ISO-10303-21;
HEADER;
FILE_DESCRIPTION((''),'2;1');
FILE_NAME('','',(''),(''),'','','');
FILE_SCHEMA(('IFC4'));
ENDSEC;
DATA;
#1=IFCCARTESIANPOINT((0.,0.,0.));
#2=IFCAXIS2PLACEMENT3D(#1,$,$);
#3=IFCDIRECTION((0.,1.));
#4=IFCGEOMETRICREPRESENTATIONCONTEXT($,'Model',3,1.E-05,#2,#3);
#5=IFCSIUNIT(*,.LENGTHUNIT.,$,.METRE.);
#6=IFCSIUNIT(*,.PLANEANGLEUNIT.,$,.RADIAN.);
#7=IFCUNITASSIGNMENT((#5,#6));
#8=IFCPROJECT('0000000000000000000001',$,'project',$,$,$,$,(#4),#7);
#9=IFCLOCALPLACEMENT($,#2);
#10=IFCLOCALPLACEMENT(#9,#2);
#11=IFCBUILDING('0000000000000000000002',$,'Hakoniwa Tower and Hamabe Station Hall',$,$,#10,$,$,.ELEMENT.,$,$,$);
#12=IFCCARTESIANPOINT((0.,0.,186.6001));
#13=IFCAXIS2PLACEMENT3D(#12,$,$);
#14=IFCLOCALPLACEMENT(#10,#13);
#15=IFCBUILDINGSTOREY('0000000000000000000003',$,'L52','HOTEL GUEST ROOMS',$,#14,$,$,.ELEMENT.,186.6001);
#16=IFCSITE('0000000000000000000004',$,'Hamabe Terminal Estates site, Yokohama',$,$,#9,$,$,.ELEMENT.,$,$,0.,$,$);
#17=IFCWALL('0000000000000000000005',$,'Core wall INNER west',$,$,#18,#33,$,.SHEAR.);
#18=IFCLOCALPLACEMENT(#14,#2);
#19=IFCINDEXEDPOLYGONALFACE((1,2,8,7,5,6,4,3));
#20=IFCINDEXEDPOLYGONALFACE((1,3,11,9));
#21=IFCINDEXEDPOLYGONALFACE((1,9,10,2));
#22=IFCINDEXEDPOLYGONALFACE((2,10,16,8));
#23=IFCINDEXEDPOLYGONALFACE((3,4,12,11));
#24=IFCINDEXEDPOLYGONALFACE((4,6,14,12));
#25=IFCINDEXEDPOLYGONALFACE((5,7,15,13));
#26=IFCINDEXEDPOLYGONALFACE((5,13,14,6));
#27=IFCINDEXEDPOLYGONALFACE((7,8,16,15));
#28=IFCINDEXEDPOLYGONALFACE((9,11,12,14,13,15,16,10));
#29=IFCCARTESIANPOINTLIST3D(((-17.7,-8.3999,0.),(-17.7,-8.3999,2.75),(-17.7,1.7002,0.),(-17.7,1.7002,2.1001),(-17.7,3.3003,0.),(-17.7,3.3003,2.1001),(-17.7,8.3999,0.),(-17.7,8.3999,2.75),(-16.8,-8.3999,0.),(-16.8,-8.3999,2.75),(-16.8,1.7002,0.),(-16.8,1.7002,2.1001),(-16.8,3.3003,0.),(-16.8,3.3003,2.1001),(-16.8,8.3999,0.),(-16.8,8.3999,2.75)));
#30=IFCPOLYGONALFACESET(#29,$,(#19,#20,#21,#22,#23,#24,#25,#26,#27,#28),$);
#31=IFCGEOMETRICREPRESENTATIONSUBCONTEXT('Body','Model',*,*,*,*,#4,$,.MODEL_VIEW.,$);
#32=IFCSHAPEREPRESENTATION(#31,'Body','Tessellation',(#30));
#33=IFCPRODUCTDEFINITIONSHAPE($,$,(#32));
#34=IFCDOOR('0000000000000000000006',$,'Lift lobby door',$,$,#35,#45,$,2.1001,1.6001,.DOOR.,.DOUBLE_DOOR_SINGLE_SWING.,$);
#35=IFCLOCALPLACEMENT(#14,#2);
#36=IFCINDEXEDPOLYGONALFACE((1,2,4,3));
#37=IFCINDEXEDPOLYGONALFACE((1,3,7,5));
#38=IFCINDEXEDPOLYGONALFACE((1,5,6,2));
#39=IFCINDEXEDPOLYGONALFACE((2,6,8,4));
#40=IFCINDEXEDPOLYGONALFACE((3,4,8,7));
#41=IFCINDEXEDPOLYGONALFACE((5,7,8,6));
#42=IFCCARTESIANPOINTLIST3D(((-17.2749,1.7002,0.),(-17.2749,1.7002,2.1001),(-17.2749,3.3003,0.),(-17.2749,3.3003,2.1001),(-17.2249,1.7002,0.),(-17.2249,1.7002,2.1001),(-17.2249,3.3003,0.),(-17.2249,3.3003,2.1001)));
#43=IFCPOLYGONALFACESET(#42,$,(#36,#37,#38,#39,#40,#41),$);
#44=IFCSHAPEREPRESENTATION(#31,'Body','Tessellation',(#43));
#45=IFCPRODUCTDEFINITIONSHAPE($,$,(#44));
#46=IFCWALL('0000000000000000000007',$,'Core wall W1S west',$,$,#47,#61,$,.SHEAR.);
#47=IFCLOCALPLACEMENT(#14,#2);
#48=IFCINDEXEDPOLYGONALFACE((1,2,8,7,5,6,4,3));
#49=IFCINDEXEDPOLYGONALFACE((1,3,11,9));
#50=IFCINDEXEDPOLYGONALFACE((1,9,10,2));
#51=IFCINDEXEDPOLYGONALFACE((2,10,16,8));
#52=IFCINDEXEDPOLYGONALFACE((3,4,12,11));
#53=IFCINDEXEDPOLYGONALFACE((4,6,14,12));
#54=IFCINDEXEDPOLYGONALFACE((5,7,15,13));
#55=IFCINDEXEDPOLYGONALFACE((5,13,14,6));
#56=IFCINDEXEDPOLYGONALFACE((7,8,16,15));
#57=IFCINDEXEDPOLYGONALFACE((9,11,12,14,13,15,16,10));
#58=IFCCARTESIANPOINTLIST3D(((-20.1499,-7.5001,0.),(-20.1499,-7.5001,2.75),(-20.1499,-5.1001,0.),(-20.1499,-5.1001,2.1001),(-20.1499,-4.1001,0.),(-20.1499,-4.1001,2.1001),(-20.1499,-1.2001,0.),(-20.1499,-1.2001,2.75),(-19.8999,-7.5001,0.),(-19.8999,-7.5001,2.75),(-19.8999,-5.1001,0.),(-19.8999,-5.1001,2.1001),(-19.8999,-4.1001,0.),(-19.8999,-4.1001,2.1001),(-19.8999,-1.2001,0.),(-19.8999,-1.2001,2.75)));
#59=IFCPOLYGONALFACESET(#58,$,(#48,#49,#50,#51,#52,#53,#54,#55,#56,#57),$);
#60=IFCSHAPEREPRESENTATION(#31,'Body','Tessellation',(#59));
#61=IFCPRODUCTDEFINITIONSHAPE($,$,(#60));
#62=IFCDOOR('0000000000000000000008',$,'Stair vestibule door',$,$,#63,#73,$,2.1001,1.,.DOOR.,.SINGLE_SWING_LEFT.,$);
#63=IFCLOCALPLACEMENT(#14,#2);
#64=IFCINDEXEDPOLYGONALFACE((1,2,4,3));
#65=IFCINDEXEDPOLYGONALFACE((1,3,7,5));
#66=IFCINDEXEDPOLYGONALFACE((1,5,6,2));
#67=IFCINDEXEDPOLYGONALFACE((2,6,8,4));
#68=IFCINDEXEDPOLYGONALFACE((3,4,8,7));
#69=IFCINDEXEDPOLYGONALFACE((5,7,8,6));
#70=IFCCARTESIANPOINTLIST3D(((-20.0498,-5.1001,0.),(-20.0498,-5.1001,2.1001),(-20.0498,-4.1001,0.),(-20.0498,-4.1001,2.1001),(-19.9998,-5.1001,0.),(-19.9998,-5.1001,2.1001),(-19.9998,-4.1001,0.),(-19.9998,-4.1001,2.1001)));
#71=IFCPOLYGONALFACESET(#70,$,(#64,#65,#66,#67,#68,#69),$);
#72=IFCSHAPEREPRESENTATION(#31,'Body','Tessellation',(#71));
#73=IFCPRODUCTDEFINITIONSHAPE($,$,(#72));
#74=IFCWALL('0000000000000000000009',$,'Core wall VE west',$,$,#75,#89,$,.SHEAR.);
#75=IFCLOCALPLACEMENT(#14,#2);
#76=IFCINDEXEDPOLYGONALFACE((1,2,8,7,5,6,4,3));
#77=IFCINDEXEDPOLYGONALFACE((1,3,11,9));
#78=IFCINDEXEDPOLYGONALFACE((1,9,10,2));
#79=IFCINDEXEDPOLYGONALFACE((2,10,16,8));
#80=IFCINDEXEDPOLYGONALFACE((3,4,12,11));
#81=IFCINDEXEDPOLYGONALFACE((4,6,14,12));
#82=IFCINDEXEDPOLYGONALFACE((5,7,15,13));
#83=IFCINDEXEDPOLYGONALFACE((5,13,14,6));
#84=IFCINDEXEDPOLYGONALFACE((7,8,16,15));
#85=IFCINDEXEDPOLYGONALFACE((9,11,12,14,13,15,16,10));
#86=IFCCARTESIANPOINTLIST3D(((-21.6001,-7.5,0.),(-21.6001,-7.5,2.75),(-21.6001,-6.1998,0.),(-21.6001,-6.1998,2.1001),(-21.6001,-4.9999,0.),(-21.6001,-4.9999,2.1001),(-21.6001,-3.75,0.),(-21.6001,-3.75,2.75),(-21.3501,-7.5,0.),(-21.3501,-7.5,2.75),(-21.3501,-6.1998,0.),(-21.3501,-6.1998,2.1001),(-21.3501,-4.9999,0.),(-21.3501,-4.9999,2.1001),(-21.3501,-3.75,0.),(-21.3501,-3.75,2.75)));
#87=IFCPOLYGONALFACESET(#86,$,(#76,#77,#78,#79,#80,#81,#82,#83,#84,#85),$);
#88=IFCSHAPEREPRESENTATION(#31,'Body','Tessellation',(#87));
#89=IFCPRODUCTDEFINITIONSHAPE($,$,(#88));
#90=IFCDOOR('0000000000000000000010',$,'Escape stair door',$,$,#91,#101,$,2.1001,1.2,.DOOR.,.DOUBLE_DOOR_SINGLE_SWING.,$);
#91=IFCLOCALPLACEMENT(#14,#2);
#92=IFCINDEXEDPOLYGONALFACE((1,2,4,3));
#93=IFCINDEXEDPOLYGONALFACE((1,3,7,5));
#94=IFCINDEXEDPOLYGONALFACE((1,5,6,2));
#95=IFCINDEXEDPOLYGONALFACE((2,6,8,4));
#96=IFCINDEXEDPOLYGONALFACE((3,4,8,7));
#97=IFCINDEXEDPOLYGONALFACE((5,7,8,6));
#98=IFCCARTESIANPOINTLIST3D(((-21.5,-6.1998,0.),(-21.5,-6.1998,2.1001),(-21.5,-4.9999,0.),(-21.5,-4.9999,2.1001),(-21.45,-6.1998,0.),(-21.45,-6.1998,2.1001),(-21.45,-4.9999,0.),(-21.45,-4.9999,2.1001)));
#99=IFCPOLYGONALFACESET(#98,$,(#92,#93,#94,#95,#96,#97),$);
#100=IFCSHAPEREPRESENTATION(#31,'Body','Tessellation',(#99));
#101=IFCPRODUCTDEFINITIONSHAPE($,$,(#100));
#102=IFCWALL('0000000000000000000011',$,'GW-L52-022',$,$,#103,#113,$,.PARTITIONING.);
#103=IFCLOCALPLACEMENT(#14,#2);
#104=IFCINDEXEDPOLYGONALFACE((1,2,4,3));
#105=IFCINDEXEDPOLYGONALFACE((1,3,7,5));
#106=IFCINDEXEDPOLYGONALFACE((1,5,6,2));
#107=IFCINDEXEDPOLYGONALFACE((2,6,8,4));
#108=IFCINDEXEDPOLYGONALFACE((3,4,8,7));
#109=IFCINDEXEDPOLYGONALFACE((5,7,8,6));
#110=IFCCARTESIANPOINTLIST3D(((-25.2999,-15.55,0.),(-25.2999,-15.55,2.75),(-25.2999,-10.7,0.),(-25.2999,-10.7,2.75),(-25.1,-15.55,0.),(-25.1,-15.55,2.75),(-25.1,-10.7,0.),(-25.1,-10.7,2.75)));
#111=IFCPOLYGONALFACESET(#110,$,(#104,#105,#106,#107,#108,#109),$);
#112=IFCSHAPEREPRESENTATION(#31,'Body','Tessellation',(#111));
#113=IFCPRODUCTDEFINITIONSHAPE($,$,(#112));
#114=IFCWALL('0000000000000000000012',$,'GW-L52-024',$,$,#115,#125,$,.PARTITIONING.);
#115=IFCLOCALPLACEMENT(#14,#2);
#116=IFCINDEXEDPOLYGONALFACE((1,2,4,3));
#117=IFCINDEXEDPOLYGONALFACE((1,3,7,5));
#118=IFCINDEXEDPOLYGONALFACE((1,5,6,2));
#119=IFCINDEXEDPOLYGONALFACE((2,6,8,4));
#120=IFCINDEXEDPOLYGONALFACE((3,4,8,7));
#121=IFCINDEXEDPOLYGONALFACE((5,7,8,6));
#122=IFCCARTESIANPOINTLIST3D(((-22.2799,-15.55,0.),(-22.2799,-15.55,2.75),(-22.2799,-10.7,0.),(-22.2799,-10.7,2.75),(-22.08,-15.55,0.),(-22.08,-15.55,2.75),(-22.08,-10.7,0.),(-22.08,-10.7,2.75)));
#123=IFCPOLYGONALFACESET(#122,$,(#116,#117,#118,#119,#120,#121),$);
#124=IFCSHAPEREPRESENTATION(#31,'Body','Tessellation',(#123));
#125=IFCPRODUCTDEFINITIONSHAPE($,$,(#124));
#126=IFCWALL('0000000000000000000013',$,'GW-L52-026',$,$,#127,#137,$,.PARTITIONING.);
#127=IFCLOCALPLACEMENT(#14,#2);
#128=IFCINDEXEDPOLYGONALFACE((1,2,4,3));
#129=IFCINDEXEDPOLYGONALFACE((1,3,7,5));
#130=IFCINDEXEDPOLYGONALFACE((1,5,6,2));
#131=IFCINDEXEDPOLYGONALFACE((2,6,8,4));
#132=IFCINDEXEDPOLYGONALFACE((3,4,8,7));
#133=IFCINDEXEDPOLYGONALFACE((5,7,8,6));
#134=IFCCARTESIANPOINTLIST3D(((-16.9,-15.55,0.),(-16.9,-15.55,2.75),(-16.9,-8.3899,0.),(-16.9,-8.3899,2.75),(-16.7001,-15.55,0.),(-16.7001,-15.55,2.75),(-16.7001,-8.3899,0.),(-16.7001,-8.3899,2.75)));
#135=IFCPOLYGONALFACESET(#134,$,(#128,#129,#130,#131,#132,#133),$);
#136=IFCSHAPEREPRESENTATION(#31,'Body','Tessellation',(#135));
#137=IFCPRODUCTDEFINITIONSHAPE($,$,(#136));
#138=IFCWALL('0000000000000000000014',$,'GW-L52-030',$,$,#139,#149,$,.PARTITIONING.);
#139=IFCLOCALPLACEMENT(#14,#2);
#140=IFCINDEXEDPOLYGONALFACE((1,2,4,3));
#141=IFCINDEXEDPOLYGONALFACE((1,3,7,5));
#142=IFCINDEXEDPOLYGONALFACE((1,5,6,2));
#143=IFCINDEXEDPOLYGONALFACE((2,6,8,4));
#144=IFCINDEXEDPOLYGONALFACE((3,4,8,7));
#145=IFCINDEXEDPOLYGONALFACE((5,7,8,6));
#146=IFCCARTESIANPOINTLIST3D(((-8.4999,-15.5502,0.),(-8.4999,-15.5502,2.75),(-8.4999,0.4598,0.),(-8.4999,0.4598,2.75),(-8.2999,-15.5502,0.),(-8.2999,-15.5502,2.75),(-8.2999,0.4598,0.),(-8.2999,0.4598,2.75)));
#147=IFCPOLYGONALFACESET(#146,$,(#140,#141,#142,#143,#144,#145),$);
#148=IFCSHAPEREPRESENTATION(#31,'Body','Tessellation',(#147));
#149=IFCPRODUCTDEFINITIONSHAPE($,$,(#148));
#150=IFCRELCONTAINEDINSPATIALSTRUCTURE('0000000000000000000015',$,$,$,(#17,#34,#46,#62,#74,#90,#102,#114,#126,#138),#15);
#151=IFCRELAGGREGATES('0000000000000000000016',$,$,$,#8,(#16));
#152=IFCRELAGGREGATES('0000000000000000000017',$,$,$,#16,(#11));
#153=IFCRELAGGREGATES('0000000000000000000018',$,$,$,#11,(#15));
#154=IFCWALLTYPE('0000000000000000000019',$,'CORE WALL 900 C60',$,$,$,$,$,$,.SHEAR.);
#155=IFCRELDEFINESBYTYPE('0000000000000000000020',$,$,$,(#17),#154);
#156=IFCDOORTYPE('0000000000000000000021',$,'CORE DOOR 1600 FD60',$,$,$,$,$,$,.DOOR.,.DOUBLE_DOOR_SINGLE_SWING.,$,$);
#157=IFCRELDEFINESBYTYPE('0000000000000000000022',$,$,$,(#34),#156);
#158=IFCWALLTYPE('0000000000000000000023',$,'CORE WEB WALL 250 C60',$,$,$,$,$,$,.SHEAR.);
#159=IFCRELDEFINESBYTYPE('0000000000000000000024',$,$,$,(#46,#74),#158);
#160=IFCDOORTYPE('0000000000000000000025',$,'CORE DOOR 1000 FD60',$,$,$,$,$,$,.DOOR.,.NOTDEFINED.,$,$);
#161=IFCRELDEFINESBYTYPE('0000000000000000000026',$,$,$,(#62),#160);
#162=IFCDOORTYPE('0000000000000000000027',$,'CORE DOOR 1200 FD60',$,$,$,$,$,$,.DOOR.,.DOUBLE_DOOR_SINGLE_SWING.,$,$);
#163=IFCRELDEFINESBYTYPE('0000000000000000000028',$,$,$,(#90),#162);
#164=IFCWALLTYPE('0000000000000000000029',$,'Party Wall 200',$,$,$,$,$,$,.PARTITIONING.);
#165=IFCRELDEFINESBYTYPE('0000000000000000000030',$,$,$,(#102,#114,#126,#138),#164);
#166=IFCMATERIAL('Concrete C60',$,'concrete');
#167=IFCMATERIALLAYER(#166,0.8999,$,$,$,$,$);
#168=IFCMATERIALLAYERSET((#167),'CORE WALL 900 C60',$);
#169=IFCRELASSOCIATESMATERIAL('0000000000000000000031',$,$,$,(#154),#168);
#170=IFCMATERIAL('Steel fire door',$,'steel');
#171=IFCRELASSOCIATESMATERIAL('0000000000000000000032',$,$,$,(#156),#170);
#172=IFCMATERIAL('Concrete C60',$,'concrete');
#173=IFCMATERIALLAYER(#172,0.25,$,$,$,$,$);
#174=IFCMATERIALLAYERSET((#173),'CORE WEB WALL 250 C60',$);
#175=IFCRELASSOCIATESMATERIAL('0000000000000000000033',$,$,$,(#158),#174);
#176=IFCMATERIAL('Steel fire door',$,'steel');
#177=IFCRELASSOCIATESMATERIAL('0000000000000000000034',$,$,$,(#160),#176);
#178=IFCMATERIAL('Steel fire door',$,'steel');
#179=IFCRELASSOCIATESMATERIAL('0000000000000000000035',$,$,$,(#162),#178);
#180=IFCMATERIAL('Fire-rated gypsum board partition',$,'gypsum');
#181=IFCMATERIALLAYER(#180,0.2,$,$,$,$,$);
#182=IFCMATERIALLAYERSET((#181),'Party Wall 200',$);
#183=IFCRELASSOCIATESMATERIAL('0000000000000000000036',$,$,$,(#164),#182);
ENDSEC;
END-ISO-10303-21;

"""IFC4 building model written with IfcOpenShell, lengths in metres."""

from ifc_helpers import new_model, si_unit, direction, frame, frame_2d, origin, place, context, subcontext, project, spatial, rectangle, extrude, material, layer, layer_set, type_object, element, fill, save


model = new_model("IFC4")

# Units and contexts
model_context = context("Model", 3, precision=1e-05, world=origin(), true_north=direction((0.0, 1.0)))
body_context = subcontext(model_context, "Body", "Model", "MODEL_VIEW")
ifc_project = project(units=[si_unit("LENGTHUNIT", "METRE"), si_unit("PLANEANGLEUNIT", "RADIAN")], contexts=[model_context])

# Site, building, storey
site_placement = place(None, origin())
site = spatial("IfcSite", under=ifc_project, at=site_placement, Name="Hamabe Terminal Estates site, Yokohama", CompositionType="ELEMENT", RefElevation=0.0)
building_placement = place(site_placement, origin())
building = spatial("IfcBuilding", under=site, at=building_placement, Name="Hakoniwa Tower and Hamabe Station Hall", CompositionType="ELEMENT")
storey_placement = place(building_placement, frame((0.0, 0.0, 186.6001)))
storey = spatial("IfcBuildingStorey", under=building, at=storey_placement, Name="L52", Description="HOTEL GUEST ROOMS", CompositionType="ELEMENT", Elevation=186.6001)

# Walls, openings, doors
ifc_material_1 = material(Name="Concrete C60", Category="concrete")
ifc_layer_1 = layer(ifc_material_1, 0.8999)
ifc_layer_set_1 = layer_set([ifc_layer_1], Name="CORE WALL 900 C60")
wall_type_1 = type_object("IfcWallType", Name="CORE WALL 900 C60", PredefinedType="SHEAR", material=ifc_layer_set_1)
wall_1_placement = place(storey_placement, frame((-17.25, -8.3999, 0.0), z_axis=(0.0, 0.0, 1.0), x_axis=(0.0, 1.0, 0.0)))
wall_1 = element("IfcWall", 1, at=wall_1_placement, inside=storey, type_object=wall_type_1, Name="Core wall INNER west", PredefinedType="SHEAR", context=body_context, shape_type="SweptSolid", body=[
    extrude(rectangle(XDim=16.7998, YDim=0.8999, at=frame_2d((8.3999, 0.0))), origin(), (0.0, 0.0, 1.0), 2.75),
])
opening_1_placement = place(wall_1_placement, frame((10.1001, 0.0, 0.0)))
opening_1 = element("IfcOpeningElement", 2, at=opening_1_placement, cuts=wall_1, PredefinedType="OPENING", context=body_context, shape_type="SweptSolid", body=[
    extrude(rectangle(XDim=1.6001, YDim=2.1001, at=frame_2d((0.8, 1.05))), frame((0.0, 0.46, 0.0), z_axis=(0.0, -1.0, 0.0), x_axis=(1.0, 0.0, 0.0)), (0.0, 0.0, 1.0), 0.9199),
])
ifc_material_2 = material(Name="Steel fire door", Category="steel")
door_type_1 = type_object("IfcDoorType", Name="CORE DOOR 1600 FD60", OperationType="DOUBLE_DOOR_SINGLE_SWING", PredefinedType="DOOR", material=ifc_material_2)
door_1_placement = place(opening_1_placement, origin())
door_1 = element("IfcDoor", 3, at=door_1_placement, inside=storey, type_object=door_type_1, Name="Lift lobby door", OperationType="DOUBLE_DOOR_SINGLE_SWING", OverallHeight=2.1001, OverallWidth=1.6001, PredefinedType="DOOR", context=body_context, shape_type="SweptSolid", body=[
    extrude(rectangle(XDim=1.6001, YDim=2.1001, at=frame_2d((0.8, 1.05))), frame((0.0, 0.0249, 0.0), z_axis=(0.0, -1.0, 0.0), x_axis=(1.0, 0.0, 0.0)), (0.0, 0.0, 1.0), 0.05),
])
fill(opening_1, door_1)
ifc_material_3 = material(Name="Concrete C60", Category="concrete")
ifc_layer_2 = layer(ifc_material_3, 0.25)
ifc_layer_set_2 = layer_set([ifc_layer_2], Name="CORE WEB WALL 250 C60")
wall_type_2 = type_object("IfcWallType", Name="CORE WEB WALL 250 C60", PredefinedType="SHEAR", material=ifc_layer_set_2)
wall_2_placement = place(storey_placement, frame((-20.0249, -7.5, 0.0), z_axis=(0.0, 0.0, 1.0), x_axis=(0.0, 1.0, 0.0)))
wall_2 = element("IfcWall", 4, at=wall_2_placement, inside=storey, type_object=wall_type_2, Name="Core wall W1S west", PredefinedType="SHEAR", context=body_context, shape_type="SweptSolid", body=[
    extrude(rectangle(XDim=6.3, YDim=0.25, at=frame_2d((3.1499, 0.0))), origin(), (0.0, 0.0, 1.0), 2.75),
])
opening_2_placement = place(wall_2_placement, frame((2.3999, 0.0, 0.0)))
opening_2 = element("IfcOpeningElement", 5, at=opening_2_placement, cuts=wall_2, PredefinedType="OPENING", context=body_context, shape_type="SweptSolid", body=[
    extrude(rectangle(XDim=1.0, YDim=2.1001, at=frame_2d((0.5, 1.05))), frame((0.0, 0.135, 0.0), z_axis=(0.0, -1.0, 0.0), x_axis=(1.0, 0.0, 0.0)), (0.0, 0.0, 1.0), 0.27),
])
ifc_material_4 = material(Name="Steel fire door", Category="steel")
door_type_2 = type_object("IfcDoorType", Name="CORE DOOR 1000 FD60", OperationType="NOTDEFINED", PredefinedType="DOOR", material=ifc_material_4)
door_2_placement = place(opening_2_placement, origin())
door_2 = element("IfcDoor", 6, at=door_2_placement, inside=storey, type_object=door_type_2, Name="Stair vestibule door", OperationType="SINGLE_SWING_LEFT", OverallHeight=2.1001, OverallWidth=1.0, PredefinedType="DOOR", context=body_context, shape_type="SweptSolid", body=[
    extrude(rectangle(XDim=1.0, YDim=2.1001, at=frame_2d((0.5, 1.05))), frame((0.0, 0.0249, 0.0), z_axis=(0.0, -1.0, 0.0), x_axis=(1.0, 0.0, 0.0)), (0.0, 0.0, 1.0), 0.05),
])
fill(opening_2, door_2)
wall_3_placement = place(storey_placement, frame((-21.4751, -7.5, 0.0), z_axis=(0.0, 0.0, 1.0), x_axis=(0.0, 1.0, 0.0)))
wall_3 = element("IfcWall", 7, at=wall_3_placement, inside=storey, type_object=wall_type_2, Name="Core wall VE west", PredefinedType="SHEAR", context=body_context, shape_type="SweptSolid", body=[
    extrude(rectangle(XDim=3.75, YDim=0.25, at=frame_2d((1.875, 0.0))), origin(), (0.0, 0.0, 1.0), 2.75),
])
opening_3_placement = place(wall_3_placement, frame((1.3, 0.0, 0.0)))
opening_3 = element("IfcOpeningElement", 8, at=opening_3_placement, cuts=wall_3, PredefinedType="OPENING", context=body_context, shape_type="SweptSolid", body=[
    extrude(rectangle(XDim=1.2, YDim=2.1001, at=frame_2d((0.6001, 1.05))), frame((0.0, 0.135, 0.0), z_axis=(0.0, -1.0, 0.0), x_axis=(1.0, 0.0, 0.0)), (0.0, 0.0, 1.0), 0.27),
])
ifc_material_5 = material(Name="Steel fire door", Category="steel")
door_type_3 = type_object("IfcDoorType", Name="CORE DOOR 1200 FD60", OperationType="DOUBLE_DOOR_SINGLE_SWING", PredefinedType="DOOR", material=ifc_material_5)
door_3_placement = place(opening_3_placement, origin())
door_3 = element("IfcDoor", 9, at=door_3_placement, inside=storey, type_object=door_type_3, Name="Escape stair door", OperationType="DOUBLE_DOOR_SINGLE_SWING", OverallHeight=2.1001, OverallWidth=1.2, PredefinedType="DOOR", context=body_context, shape_type="SweptSolid", body=[
    extrude(rectangle(XDim=1.2, YDim=2.1001, at=frame_2d((0.6001, 1.05))), frame((0.0, 0.0249, 0.0), z_axis=(0.0, -1.0, 0.0), x_axis=(1.0, 0.0, 0.0)), (0.0, 0.0, 1.0), 0.05),
])
fill(opening_3, door_3)

# Walls
ifc_material_6 = material(Name="Fire-rated gypsum board partition", Category="gypsum")
ifc_layer_3 = layer(ifc_material_6, 0.2)
ifc_layer_set_3 = layer_set([ifc_layer_3], Name="Party Wall 200")
wall_type_3 = type_object("IfcWallType", Name="Party Wall 200", PredefinedType="PARTITIONING", material=ifc_layer_set_3)
for number, where, z_axis, x_axis, name in (
    (10, (-25.2, -15.55, 0.0), (0.0, 0.0, 1.0), (0.0, 1.0, 0.0), "GW-L52-022"),
    (11, (-22.1799, -15.55, 0.0), (0.0, 0.0, 1.0), (0.0, 1.0, 0.0), "GW-L52-024"),
):
    element("IfcWall", number, at=place(storey_placement, frame(where, z_axis=z_axis, x_axis=x_axis)), inside=storey, type_object=wall_type_3, Name=name, PredefinedType="PARTITIONING", context=body_context, shape_type="SweptSolid", body=[
        extrude(rectangle(XDim=4.8501, YDim=0.2, at=frame_2d((2.425, 0.0))), origin(), (0.0, 0.0, 1.0), 2.75),
    ])
wall_4_placement = place(storey_placement, frame((-16.8, -15.55, 0.0), z_axis=(0.0, 0.0, 1.0), x_axis=(0.0, 1.0, 0.0)))
element("IfcWall", 12, at=wall_4_placement, inside=storey, type_object=wall_type_3, Name="GW-L52-026", PredefinedType="PARTITIONING", context=body_context, shape_type="SweptSolid", body=[
    extrude(rectangle(XDim=7.1602, YDim=0.2, at=frame_2d((3.5801, 0.0))), origin(), (0.0, 0.0, 1.0), 2.75),
])
wall_5_placement = place(storey_placement, frame((-8.3999, -15.55, 0.0), z_axis=(0.0, 0.0, 1.0), x_axis=(0.0, 1.0, 0.0)))
element("IfcWall", 13, at=wall_5_placement, inside=storey, type_object=wall_type_3, Name="GW-L52-030", PredefinedType="PARTITIONING", context=body_context, shape_type="SweptSolid", body=[
    extrude(rectangle(XDim=16.01, YDim=0.2, at=frame_2d((8.0049, 0.0))), origin(), (0.0, 0.0, 1.0), 2.75),
])

save(model, "model.ifc")
